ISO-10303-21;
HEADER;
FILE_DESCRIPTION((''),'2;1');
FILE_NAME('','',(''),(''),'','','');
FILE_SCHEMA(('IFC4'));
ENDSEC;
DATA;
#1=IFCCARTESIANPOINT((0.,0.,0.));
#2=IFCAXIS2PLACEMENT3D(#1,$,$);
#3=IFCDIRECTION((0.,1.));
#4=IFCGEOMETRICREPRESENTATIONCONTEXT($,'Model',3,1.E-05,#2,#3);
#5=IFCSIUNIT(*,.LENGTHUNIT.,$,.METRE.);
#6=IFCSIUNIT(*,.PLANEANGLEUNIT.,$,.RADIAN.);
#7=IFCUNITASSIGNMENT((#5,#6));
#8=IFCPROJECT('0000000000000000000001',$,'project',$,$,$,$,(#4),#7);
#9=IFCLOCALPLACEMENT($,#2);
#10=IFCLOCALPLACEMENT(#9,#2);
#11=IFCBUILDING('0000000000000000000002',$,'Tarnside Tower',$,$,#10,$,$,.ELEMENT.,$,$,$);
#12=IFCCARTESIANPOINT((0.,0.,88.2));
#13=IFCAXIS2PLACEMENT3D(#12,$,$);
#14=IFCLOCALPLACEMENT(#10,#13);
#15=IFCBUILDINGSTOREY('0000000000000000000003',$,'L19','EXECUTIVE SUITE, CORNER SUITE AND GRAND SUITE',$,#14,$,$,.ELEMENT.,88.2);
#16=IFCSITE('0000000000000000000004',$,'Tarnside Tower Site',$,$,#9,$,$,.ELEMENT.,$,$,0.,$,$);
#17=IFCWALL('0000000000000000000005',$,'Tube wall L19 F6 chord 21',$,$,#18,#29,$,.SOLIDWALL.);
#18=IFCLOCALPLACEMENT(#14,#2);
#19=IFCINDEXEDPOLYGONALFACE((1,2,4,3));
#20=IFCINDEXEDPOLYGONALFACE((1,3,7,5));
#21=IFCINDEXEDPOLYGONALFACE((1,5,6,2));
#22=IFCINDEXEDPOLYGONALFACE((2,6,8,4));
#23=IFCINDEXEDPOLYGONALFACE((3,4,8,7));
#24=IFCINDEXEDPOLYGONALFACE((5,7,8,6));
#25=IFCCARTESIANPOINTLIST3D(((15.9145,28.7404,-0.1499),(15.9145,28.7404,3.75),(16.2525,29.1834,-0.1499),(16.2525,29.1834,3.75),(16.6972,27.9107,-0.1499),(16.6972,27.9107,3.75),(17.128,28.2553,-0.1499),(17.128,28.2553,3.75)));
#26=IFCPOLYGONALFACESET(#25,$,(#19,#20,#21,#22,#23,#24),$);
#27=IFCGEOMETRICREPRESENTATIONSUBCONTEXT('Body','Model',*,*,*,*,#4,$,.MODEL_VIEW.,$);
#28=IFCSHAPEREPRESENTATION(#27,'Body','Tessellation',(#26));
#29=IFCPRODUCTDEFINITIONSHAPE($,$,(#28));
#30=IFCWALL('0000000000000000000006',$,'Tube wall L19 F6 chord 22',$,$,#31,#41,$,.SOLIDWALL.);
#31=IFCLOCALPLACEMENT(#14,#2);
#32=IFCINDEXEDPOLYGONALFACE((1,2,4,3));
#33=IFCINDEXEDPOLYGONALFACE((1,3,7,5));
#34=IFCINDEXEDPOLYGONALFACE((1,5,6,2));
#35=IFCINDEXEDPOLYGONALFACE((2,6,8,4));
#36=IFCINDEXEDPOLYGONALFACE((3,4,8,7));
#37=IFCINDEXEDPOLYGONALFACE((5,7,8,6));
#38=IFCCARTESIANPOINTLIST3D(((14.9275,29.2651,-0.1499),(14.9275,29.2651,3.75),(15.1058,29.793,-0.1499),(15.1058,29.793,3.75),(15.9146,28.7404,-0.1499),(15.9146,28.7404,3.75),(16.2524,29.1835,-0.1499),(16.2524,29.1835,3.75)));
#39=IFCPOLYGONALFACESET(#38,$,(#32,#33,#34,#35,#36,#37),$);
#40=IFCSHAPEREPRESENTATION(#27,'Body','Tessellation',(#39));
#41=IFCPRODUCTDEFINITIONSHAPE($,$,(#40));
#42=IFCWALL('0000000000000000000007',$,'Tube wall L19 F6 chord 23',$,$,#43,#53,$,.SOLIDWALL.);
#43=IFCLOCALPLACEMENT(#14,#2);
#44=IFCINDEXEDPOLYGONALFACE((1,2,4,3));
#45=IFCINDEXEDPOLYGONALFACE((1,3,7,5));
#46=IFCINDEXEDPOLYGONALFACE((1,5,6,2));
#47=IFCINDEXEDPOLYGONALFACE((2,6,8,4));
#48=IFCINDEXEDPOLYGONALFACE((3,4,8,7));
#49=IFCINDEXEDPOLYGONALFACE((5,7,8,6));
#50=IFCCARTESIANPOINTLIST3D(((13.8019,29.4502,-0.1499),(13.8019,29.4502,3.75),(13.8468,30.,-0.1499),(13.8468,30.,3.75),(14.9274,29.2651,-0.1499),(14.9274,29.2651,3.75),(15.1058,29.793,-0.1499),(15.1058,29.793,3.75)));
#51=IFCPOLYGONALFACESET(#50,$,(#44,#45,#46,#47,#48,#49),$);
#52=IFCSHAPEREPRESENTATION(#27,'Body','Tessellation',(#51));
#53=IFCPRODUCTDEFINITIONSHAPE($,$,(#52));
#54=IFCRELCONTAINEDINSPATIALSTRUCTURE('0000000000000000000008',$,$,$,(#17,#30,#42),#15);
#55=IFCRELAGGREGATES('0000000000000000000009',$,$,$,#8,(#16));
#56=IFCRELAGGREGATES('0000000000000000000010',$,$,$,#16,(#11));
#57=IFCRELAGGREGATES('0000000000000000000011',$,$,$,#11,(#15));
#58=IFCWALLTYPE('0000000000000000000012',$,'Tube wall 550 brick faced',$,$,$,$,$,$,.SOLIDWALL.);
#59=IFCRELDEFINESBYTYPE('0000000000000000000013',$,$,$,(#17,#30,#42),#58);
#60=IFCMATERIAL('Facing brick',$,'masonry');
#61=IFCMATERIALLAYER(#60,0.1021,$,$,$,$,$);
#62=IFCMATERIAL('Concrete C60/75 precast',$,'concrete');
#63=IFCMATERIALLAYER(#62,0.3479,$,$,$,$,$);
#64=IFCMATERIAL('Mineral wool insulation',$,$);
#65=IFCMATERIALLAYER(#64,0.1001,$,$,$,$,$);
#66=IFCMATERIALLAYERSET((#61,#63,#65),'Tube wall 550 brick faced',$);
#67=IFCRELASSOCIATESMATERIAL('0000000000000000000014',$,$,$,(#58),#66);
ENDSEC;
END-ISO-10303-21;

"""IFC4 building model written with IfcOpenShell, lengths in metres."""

from ifc_helpers import new_model, si_unit, direction, frame, origin, place, context, subcontext, project, spatial, polyline, outline, extrude, material, layer, layer_set, type_object, element, save


model = new_model("IFC4")

# Units and contexts
model_context = context("Model", 3, precision=1e-05, world=origin(), true_north=direction((0.0, 1.0)))
body_context = subcontext(model_context, "Body", "Model", "MODEL_VIEW")
ifc_project = project(units=[si_unit("LENGTHUNIT", "METRE"), si_unit("PLANEANGLEUNIT", "RADIAN")], contexts=[model_context])

# Site, building, storey
site_placement = place(None, origin())
site = spatial("IfcSite", under=ifc_project, at=site_placement, Name="Tarnside Tower Site", CompositionType="ELEMENT", RefElevation=0.0)
building_placement = place(site_placement, origin())
building = spatial("IfcBuilding", under=site, at=building_placement, Name="Tarnside Tower", CompositionType="ELEMENT")
storey_placement = place(building_placement, frame((0.0, 0.0, 88.2)))
storey = spatial("IfcBuildingStorey", under=building, at=storey_placement, Name="L19", Description="EXECUTIVE SUITE, CORNER SUITE AND GRAND SUITE", CompositionType="ELEMENT", Elevation=88.2)

# Shared definitions
ifc_material_1 = material(Name="Facing brick", Category="masonry")
ifc_layer_1 = layer(ifc_material_1, 0.1021)
ifc_material_2 = material(Name="Concrete C60/75 precast", Category="concrete")
ifc_layer_2 = layer(ifc_material_2, 0.3479)
ifc_material_3 = material(Name="Mineral wool insulation")
ifc_layer_3 = layer(ifc_material_3, 0.1001)
ifc_layer_set_1 = layer_set([ifc_layer_1, ifc_layer_2, ifc_layer_3], Name="Tube wall 550 brick faced")
wall_type_1 = type_object("IfcWallType", Name="Tube wall 550 brick faced", PredefinedType="SOLIDWALL", material=ifc_layer_set_1)

# Walls
wall_1_placement = place(storey_placement, frame((16.9126, 28.083, -0.1499), z_axis=(0.0, 0.0, 1.0), x_axis=(-0.686196, 0.727416, 0.0)))
element("IfcWall", 1, at=wall_1_placement, inside=storey, type_object=wall_type_1, Name="Tube wall L19 F6 chord 21", PredefinedType="SOLIDWALL", context=body_context, shape_type="SweptSolid", body=[
    extrude(outline(polyline([(-0.0225, -0.2749), (1.2534, -0.2749), (1.1631, 0.2749), (0.0225, 0.2749), (-0.0225, -0.2749)])), origin(), (0.0, 0.0, 1.0), 3.8999),
])
wall_2_placement = place(storey_placement, frame((16.0835, 28.9619, -0.1499), z_axis=(0.0, 0.0, 1.0), x_axis=(-0.882995, 0.469382, 0.0)))
element("IfcWall", 2, at=wall_2_placement, inside=storey, type_object=wall_type_1, Name="Tube wall L19 F6 chord 22", PredefinedType="SOLIDWALL", context=body_context, shape_type="SweptSolid", body=[
    extrude(outline(polyline([(-0.0452, -0.2749), (1.2534, -0.2749), (1.1631, 0.2749), (0.0452, 0.2749), (-0.0452, -0.2749)])), origin(), (0.0, 0.0, 1.0), 3.8999),
])
wall_3_placement = place(storey_placement, frame((15.0166, 29.5291, -0.1499), z_axis=(0.0, 0.0, 1.0), x_axis=(-0.986747, 0.162269, 0.0)))
element("IfcWall", 3, at=wall_3_placement, inside=storey, type_object=wall_type_1, Name="Tube wall L19 F6 chord 23", PredefinedType="SOLIDWALL", context=body_context, shape_type="SweptSolid", body=[
    extrude(outline(polyline([(-0.0452, -0.2749), (1.2307, -0.2749), (1.1858, 0.2749), (0.0452, 0.2749), (-0.0452, -0.2749)])), origin(), (0.0, 0.0, 1.0), 3.8999),
])

save(model, "model.ifc")
